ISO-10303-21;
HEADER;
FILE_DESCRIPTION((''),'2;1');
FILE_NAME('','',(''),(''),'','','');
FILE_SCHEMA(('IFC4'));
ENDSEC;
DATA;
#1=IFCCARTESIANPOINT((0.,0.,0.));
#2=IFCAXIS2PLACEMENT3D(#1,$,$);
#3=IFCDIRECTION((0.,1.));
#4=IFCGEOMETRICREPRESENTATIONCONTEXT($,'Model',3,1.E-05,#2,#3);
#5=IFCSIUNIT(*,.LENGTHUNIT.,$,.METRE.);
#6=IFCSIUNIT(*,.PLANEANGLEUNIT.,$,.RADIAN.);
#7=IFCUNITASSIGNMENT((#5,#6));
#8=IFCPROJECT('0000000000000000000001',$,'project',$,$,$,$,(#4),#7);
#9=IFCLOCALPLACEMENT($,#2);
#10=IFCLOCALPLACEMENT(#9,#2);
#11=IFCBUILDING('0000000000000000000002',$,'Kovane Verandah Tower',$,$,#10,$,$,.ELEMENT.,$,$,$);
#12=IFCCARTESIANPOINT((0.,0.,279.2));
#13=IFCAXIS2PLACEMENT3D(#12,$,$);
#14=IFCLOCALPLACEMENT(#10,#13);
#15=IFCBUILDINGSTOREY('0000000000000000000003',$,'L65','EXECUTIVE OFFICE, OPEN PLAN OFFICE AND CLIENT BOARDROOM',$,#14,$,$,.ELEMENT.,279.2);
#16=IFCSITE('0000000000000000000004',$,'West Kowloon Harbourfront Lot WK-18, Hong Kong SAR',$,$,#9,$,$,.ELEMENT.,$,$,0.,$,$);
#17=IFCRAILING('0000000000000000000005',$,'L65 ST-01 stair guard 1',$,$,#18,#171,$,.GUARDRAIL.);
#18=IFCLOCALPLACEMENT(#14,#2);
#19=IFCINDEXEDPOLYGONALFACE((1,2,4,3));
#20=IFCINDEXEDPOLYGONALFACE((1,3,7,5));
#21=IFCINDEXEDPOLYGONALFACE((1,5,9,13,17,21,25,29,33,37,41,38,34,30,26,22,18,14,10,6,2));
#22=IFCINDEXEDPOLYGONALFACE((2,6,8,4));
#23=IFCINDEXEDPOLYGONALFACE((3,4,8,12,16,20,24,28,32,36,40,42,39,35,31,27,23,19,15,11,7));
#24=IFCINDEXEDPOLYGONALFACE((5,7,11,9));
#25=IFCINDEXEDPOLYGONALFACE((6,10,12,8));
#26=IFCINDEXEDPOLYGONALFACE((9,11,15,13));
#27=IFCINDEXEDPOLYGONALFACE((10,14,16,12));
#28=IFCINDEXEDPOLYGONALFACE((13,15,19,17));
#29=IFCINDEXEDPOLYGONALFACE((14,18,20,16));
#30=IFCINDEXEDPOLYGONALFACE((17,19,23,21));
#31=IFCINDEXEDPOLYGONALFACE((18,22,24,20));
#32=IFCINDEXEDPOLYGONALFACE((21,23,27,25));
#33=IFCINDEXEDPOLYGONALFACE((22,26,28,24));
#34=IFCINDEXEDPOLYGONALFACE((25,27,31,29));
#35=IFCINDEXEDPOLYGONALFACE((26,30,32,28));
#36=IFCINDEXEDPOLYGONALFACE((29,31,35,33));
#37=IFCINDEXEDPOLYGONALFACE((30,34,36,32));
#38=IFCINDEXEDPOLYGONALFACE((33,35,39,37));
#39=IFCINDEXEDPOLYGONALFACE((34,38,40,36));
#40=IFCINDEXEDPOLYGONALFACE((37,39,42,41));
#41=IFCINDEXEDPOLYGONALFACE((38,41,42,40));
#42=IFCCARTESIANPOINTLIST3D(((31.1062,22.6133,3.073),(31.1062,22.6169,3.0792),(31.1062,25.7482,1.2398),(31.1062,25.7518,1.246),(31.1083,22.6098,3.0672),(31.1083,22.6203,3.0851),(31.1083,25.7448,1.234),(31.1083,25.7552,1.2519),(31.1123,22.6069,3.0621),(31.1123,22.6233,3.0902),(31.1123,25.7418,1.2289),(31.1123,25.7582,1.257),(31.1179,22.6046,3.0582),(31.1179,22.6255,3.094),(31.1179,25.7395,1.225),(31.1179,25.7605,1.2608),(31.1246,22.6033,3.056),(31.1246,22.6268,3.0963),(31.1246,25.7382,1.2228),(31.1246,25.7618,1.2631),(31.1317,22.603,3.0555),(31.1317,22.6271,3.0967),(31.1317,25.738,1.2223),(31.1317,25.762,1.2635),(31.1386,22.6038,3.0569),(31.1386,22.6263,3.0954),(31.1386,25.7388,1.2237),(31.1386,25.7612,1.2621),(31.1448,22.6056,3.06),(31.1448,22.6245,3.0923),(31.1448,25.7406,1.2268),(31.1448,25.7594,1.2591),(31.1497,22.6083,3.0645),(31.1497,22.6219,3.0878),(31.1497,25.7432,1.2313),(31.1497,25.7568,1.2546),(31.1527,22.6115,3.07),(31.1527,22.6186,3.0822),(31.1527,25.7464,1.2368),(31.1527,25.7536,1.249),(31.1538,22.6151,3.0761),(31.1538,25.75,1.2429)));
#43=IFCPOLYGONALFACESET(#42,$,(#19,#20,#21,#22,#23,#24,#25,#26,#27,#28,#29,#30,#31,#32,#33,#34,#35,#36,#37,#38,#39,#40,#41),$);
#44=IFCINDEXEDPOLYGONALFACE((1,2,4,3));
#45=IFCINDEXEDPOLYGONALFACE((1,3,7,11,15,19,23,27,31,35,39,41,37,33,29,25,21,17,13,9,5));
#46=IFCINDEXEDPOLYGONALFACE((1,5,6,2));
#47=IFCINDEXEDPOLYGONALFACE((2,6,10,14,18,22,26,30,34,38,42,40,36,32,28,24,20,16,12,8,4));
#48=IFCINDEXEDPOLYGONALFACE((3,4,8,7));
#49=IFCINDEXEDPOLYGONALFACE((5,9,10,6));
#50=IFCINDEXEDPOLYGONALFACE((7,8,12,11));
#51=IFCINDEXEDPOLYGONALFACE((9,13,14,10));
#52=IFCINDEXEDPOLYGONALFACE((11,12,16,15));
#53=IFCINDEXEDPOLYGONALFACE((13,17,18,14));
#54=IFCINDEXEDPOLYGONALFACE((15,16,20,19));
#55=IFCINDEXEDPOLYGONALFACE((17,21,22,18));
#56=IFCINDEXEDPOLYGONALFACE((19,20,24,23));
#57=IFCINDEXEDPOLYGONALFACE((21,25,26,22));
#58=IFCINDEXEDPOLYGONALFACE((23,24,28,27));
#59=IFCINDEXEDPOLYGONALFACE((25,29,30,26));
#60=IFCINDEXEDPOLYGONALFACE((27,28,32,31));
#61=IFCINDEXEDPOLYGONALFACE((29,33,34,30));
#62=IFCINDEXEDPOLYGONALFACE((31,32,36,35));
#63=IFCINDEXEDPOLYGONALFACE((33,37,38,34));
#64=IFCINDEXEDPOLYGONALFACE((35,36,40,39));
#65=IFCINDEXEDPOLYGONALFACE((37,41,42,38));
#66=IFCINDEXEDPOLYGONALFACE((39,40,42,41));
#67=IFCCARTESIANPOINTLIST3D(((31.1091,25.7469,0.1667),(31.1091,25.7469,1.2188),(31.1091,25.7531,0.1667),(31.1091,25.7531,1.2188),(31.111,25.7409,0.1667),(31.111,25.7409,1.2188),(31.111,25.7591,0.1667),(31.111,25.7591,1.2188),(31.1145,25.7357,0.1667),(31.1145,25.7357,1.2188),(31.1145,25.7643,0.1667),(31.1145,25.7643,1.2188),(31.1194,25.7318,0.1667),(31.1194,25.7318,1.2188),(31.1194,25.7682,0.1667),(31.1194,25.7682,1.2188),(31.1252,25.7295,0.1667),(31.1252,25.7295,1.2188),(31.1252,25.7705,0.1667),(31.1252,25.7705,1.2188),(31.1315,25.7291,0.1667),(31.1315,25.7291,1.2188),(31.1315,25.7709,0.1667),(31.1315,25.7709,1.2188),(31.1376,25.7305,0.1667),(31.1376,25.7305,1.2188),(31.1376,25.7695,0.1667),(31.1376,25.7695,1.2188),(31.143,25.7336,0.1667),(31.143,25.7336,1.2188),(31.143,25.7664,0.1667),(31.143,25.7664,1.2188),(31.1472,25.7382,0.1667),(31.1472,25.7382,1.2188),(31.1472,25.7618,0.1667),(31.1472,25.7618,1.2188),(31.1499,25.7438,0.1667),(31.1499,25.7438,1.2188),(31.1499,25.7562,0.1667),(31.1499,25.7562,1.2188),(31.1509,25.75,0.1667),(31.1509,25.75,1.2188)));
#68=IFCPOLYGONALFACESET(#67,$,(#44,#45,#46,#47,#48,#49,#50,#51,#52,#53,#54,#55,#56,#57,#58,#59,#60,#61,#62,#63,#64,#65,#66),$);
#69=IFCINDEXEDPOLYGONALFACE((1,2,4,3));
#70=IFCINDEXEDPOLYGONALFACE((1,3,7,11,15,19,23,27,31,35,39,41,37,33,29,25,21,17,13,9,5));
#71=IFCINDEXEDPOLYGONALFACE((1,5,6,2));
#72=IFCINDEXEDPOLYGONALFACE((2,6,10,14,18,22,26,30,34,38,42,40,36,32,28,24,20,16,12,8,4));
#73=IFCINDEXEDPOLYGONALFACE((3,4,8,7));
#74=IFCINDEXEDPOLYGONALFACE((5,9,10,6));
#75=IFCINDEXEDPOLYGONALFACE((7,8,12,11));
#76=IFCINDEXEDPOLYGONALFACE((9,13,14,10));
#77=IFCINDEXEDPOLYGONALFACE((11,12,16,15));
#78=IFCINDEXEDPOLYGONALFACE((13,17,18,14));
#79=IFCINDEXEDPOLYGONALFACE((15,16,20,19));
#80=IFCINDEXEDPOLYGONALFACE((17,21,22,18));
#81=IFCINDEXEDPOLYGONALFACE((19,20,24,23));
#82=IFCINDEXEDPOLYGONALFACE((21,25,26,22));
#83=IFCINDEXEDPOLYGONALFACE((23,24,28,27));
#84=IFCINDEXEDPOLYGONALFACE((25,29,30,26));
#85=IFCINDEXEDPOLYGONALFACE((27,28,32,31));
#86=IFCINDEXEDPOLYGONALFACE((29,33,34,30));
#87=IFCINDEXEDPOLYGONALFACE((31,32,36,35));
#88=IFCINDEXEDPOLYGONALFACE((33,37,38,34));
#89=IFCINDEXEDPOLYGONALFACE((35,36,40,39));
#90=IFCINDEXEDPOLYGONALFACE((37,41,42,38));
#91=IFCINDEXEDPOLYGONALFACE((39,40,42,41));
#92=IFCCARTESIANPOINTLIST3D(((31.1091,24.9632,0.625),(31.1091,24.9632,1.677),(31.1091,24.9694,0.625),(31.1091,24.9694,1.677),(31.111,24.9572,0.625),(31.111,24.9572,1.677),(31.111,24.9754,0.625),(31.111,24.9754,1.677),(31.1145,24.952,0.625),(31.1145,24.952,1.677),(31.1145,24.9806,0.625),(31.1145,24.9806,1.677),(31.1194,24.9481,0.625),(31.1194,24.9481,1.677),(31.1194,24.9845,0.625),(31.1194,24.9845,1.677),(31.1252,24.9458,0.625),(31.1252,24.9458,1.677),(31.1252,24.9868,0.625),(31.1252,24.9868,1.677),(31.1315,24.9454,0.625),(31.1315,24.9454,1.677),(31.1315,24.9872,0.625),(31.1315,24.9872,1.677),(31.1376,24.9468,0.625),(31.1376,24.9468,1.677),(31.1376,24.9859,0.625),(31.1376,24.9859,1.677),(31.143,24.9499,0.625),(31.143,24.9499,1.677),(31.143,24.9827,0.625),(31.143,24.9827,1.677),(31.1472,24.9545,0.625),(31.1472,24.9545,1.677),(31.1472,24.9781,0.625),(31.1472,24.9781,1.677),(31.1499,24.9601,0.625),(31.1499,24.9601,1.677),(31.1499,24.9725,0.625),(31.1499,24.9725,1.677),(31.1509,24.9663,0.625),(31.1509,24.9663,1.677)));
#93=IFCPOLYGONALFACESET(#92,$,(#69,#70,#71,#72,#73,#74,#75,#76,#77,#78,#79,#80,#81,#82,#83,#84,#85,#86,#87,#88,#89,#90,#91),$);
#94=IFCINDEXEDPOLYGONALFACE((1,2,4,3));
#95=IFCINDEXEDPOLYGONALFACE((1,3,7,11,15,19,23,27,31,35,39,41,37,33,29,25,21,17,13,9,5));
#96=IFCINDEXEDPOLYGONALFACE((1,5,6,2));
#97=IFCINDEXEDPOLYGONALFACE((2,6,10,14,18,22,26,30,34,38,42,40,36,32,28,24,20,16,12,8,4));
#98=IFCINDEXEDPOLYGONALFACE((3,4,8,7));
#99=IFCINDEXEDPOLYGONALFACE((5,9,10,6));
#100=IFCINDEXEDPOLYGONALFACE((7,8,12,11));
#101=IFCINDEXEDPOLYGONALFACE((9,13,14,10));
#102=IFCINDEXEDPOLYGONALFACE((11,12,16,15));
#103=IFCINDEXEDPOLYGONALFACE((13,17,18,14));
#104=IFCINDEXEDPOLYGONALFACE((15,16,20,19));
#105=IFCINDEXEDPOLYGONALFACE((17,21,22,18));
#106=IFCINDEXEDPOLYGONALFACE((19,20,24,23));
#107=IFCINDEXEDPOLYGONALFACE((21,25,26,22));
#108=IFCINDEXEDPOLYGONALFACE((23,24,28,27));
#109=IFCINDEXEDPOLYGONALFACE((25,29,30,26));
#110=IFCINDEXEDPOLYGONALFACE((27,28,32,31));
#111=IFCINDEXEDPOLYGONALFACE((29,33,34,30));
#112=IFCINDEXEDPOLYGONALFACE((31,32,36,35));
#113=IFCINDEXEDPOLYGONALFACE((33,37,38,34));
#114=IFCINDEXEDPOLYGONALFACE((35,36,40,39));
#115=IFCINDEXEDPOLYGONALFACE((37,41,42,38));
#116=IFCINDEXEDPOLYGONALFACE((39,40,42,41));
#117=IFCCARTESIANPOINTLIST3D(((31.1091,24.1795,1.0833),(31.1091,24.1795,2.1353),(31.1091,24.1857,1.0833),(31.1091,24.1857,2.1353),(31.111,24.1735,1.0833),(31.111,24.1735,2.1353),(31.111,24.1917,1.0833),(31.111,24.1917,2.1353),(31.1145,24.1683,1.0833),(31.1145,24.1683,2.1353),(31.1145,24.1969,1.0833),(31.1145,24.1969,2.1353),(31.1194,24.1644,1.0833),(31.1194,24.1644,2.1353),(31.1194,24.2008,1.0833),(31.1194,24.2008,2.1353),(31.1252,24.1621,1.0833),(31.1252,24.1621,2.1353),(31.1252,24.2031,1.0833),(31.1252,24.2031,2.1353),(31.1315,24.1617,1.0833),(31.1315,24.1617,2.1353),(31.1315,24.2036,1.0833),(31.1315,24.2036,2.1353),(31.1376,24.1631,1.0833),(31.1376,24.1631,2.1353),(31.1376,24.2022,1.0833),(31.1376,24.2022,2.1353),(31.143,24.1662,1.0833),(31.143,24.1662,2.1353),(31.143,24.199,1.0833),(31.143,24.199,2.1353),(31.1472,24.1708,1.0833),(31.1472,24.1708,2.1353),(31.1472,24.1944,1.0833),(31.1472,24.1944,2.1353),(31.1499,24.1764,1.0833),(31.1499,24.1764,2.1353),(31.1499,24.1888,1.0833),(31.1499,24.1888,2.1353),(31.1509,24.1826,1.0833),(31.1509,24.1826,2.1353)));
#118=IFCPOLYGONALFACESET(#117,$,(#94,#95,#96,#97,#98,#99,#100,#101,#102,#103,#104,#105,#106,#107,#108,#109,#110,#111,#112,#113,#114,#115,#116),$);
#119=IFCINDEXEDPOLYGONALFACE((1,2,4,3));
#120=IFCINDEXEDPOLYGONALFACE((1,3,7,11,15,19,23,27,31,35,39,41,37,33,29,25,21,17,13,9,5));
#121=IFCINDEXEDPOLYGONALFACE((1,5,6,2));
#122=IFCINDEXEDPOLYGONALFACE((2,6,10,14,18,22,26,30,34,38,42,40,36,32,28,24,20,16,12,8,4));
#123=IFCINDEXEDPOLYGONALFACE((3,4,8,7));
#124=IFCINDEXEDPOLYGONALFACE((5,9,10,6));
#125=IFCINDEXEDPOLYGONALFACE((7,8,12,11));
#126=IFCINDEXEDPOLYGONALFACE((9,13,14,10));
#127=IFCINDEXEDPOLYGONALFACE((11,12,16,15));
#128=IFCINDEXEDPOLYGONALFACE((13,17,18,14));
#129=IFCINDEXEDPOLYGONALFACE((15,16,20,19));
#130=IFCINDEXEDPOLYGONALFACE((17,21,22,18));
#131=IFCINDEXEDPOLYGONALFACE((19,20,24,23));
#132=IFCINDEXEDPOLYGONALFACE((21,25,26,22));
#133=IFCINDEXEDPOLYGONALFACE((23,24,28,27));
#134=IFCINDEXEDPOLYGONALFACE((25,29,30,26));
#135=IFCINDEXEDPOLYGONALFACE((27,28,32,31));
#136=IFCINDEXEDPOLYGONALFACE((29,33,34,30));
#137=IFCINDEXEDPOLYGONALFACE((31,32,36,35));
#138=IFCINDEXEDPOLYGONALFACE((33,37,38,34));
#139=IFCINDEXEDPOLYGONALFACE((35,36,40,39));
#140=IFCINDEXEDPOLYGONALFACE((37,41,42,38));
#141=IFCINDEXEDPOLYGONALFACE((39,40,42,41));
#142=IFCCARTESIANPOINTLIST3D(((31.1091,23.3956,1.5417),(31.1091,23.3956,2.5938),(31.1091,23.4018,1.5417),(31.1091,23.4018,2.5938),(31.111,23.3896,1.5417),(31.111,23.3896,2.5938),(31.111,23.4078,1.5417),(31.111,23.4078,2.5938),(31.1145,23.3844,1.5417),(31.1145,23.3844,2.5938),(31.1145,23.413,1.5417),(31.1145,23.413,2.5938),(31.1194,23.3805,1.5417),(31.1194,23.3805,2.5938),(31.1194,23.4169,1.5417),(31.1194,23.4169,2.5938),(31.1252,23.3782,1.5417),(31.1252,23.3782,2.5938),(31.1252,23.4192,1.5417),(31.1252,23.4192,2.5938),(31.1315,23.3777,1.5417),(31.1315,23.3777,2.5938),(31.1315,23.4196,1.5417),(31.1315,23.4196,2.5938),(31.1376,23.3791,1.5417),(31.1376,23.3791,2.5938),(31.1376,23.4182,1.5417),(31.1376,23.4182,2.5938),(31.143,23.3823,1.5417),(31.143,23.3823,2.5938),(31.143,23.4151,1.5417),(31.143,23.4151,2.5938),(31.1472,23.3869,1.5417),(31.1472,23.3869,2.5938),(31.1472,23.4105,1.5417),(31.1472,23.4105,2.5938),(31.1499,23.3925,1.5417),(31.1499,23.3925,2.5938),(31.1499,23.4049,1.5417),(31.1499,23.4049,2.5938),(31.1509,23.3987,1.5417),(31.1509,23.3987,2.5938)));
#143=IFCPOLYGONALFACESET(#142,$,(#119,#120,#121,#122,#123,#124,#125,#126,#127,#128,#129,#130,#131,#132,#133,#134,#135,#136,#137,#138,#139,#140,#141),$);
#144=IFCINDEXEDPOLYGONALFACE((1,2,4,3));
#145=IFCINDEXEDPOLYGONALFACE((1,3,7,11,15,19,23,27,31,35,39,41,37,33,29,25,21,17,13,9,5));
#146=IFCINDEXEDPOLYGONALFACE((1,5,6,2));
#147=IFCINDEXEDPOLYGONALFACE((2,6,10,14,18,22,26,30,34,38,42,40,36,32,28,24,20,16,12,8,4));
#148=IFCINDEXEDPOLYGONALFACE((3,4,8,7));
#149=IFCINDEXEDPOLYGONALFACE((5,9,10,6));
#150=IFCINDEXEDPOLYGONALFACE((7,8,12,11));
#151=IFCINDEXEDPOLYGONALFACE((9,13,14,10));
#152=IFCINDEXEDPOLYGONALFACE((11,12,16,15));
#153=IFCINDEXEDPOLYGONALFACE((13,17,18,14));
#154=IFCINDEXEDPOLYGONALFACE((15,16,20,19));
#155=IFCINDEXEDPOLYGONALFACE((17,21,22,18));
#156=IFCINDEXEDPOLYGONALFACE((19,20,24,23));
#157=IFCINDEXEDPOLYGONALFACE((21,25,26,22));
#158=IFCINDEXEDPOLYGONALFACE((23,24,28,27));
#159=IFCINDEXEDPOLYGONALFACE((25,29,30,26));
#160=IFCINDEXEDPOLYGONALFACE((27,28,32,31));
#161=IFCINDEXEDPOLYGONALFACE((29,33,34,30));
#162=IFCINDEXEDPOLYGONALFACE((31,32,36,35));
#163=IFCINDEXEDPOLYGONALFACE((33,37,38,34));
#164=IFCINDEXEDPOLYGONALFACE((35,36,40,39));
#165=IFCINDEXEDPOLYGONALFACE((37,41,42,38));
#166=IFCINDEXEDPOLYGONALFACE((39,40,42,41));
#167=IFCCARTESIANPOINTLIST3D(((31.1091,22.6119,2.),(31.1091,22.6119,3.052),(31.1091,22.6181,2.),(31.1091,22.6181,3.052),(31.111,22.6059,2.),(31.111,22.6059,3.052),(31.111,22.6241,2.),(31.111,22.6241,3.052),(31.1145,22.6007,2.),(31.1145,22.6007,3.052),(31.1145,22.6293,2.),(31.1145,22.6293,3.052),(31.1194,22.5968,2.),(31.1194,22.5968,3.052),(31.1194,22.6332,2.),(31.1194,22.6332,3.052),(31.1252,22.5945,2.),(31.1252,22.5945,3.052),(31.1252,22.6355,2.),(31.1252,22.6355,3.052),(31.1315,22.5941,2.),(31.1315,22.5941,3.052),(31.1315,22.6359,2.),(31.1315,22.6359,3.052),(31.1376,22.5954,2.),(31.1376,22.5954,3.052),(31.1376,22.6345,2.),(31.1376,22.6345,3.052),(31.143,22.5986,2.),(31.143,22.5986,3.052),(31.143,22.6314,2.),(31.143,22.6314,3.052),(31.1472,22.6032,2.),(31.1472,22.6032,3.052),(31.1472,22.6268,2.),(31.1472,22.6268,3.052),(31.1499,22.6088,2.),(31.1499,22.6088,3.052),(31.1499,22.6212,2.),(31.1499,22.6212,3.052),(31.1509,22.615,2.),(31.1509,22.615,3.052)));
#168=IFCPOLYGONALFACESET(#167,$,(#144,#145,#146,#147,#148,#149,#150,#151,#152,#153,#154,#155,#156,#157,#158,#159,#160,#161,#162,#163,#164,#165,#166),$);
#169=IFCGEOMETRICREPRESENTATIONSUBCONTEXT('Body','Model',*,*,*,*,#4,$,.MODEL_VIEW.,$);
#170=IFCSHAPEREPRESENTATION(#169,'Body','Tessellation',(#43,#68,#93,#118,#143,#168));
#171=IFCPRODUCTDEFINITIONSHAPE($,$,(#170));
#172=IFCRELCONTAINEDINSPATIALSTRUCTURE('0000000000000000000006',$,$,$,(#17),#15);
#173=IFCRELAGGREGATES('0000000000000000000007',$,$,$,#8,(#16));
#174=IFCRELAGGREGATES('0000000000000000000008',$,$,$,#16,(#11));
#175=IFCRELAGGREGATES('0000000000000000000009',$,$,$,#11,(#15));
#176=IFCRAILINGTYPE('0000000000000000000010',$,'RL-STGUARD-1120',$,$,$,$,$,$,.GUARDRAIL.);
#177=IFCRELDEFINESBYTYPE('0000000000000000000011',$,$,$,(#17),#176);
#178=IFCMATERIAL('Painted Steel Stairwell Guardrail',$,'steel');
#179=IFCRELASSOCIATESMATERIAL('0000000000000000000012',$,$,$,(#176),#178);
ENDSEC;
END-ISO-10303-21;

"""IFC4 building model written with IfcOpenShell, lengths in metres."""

from ifc_helpers import new_model, si_unit, direction, frame, origin, origin_2d, place, context, subcontext, project, spatial, circle, extrude, material, type_object, element, save


model = new_model("IFC4")

# Units and contexts
model_context = context("Model", 3, precision=1e-05, world=origin(), true_north=direction((0.0, 1.0)))
body_context = subcontext(model_context, "Body", "Model", "MODEL_VIEW")
ifc_project = project(units=[si_unit("LENGTHUNIT", "METRE"), si_unit("PLANEANGLEUNIT", "RADIAN")], contexts=[model_context])

# Site, building, storey
site_placement = place(None, origin())
site = spatial("IfcSite", under=ifc_project, at=site_placement, Name="West Kowloon Harbourfront Lot WK-18, Hong Kong SAR", CompositionType="ELEMENT", RefElevation=0.0)
building_placement = place(site_placement, origin())
building = spatial("IfcBuilding", under=site, at=building_placement, Name="Kovane Verandah Tower", CompositionType="ELEMENT")
storey_placement = place(building_placement, frame((0.0, 0.0, 279.2)))
storey = spatial("IfcBuildingStorey", under=building, at=storey_placement, Name="L65", Description="EXECUTIVE OFFICE, OPEN PLAN OFFICE AND CLIENT BOARDROOM", CompositionType="ELEMENT", Elevation=279.2)

# Railing
ifc_material_1 = material(Name="Painted Steel Stairwell Guardrail", Category="steel")
railing_type_1 = type_object("IfcRailingType", Name="RL-STGUARD-1120", PredefinedType="GUARDRAIL", material=ifc_material_1)
railing_1_placement = place(storey_placement, frame((31.1299, 25.75, 0.1667)))
element("IfcRailing", 1, at=railing_1_placement, inside=storey, type_object=railing_type_1, Name="L65 ST-01 stair guard 1", PredefinedType="GUARDRAIL", context=body_context, shape_type="SweptSolid", body=[
    extrude(circle(Radius=0.0239, at=origin_2d()), frame((0.0, 0.0, 1.0762), z_axis=(0.0, -0.86324, 0.504794), x_axis=(1.0, 0.0, 0.0)), (0.0, 0.0, 1.0), 3.6316),
    extrude(circle(Radius=0.021, at=origin_2d()), origin(), (0.0, 0.0, 1.0), 1.052),
    extrude(circle(Radius=0.021, at=origin_2d()), frame((0.0, -0.7837, 0.4583)), (0.0, 0.0, 1.0), 1.052),
    extrude(circle(Radius=0.021, at=origin_2d()), frame((0.0, -1.5674, 0.9165)), (0.0, 0.0, 1.0), 1.052),
    extrude(circle(Radius=0.021, at=origin_2d()), frame((0.0, -2.3513, 1.375)), (0.0, 0.0, 1.0), 1.052),
    extrude(circle(Radius=0.021, at=origin_2d()), frame((0.0, -3.135, 1.8333)), (0.0, 0.0, 1.0), 1.052),
])

save(model, "model.ifc")
